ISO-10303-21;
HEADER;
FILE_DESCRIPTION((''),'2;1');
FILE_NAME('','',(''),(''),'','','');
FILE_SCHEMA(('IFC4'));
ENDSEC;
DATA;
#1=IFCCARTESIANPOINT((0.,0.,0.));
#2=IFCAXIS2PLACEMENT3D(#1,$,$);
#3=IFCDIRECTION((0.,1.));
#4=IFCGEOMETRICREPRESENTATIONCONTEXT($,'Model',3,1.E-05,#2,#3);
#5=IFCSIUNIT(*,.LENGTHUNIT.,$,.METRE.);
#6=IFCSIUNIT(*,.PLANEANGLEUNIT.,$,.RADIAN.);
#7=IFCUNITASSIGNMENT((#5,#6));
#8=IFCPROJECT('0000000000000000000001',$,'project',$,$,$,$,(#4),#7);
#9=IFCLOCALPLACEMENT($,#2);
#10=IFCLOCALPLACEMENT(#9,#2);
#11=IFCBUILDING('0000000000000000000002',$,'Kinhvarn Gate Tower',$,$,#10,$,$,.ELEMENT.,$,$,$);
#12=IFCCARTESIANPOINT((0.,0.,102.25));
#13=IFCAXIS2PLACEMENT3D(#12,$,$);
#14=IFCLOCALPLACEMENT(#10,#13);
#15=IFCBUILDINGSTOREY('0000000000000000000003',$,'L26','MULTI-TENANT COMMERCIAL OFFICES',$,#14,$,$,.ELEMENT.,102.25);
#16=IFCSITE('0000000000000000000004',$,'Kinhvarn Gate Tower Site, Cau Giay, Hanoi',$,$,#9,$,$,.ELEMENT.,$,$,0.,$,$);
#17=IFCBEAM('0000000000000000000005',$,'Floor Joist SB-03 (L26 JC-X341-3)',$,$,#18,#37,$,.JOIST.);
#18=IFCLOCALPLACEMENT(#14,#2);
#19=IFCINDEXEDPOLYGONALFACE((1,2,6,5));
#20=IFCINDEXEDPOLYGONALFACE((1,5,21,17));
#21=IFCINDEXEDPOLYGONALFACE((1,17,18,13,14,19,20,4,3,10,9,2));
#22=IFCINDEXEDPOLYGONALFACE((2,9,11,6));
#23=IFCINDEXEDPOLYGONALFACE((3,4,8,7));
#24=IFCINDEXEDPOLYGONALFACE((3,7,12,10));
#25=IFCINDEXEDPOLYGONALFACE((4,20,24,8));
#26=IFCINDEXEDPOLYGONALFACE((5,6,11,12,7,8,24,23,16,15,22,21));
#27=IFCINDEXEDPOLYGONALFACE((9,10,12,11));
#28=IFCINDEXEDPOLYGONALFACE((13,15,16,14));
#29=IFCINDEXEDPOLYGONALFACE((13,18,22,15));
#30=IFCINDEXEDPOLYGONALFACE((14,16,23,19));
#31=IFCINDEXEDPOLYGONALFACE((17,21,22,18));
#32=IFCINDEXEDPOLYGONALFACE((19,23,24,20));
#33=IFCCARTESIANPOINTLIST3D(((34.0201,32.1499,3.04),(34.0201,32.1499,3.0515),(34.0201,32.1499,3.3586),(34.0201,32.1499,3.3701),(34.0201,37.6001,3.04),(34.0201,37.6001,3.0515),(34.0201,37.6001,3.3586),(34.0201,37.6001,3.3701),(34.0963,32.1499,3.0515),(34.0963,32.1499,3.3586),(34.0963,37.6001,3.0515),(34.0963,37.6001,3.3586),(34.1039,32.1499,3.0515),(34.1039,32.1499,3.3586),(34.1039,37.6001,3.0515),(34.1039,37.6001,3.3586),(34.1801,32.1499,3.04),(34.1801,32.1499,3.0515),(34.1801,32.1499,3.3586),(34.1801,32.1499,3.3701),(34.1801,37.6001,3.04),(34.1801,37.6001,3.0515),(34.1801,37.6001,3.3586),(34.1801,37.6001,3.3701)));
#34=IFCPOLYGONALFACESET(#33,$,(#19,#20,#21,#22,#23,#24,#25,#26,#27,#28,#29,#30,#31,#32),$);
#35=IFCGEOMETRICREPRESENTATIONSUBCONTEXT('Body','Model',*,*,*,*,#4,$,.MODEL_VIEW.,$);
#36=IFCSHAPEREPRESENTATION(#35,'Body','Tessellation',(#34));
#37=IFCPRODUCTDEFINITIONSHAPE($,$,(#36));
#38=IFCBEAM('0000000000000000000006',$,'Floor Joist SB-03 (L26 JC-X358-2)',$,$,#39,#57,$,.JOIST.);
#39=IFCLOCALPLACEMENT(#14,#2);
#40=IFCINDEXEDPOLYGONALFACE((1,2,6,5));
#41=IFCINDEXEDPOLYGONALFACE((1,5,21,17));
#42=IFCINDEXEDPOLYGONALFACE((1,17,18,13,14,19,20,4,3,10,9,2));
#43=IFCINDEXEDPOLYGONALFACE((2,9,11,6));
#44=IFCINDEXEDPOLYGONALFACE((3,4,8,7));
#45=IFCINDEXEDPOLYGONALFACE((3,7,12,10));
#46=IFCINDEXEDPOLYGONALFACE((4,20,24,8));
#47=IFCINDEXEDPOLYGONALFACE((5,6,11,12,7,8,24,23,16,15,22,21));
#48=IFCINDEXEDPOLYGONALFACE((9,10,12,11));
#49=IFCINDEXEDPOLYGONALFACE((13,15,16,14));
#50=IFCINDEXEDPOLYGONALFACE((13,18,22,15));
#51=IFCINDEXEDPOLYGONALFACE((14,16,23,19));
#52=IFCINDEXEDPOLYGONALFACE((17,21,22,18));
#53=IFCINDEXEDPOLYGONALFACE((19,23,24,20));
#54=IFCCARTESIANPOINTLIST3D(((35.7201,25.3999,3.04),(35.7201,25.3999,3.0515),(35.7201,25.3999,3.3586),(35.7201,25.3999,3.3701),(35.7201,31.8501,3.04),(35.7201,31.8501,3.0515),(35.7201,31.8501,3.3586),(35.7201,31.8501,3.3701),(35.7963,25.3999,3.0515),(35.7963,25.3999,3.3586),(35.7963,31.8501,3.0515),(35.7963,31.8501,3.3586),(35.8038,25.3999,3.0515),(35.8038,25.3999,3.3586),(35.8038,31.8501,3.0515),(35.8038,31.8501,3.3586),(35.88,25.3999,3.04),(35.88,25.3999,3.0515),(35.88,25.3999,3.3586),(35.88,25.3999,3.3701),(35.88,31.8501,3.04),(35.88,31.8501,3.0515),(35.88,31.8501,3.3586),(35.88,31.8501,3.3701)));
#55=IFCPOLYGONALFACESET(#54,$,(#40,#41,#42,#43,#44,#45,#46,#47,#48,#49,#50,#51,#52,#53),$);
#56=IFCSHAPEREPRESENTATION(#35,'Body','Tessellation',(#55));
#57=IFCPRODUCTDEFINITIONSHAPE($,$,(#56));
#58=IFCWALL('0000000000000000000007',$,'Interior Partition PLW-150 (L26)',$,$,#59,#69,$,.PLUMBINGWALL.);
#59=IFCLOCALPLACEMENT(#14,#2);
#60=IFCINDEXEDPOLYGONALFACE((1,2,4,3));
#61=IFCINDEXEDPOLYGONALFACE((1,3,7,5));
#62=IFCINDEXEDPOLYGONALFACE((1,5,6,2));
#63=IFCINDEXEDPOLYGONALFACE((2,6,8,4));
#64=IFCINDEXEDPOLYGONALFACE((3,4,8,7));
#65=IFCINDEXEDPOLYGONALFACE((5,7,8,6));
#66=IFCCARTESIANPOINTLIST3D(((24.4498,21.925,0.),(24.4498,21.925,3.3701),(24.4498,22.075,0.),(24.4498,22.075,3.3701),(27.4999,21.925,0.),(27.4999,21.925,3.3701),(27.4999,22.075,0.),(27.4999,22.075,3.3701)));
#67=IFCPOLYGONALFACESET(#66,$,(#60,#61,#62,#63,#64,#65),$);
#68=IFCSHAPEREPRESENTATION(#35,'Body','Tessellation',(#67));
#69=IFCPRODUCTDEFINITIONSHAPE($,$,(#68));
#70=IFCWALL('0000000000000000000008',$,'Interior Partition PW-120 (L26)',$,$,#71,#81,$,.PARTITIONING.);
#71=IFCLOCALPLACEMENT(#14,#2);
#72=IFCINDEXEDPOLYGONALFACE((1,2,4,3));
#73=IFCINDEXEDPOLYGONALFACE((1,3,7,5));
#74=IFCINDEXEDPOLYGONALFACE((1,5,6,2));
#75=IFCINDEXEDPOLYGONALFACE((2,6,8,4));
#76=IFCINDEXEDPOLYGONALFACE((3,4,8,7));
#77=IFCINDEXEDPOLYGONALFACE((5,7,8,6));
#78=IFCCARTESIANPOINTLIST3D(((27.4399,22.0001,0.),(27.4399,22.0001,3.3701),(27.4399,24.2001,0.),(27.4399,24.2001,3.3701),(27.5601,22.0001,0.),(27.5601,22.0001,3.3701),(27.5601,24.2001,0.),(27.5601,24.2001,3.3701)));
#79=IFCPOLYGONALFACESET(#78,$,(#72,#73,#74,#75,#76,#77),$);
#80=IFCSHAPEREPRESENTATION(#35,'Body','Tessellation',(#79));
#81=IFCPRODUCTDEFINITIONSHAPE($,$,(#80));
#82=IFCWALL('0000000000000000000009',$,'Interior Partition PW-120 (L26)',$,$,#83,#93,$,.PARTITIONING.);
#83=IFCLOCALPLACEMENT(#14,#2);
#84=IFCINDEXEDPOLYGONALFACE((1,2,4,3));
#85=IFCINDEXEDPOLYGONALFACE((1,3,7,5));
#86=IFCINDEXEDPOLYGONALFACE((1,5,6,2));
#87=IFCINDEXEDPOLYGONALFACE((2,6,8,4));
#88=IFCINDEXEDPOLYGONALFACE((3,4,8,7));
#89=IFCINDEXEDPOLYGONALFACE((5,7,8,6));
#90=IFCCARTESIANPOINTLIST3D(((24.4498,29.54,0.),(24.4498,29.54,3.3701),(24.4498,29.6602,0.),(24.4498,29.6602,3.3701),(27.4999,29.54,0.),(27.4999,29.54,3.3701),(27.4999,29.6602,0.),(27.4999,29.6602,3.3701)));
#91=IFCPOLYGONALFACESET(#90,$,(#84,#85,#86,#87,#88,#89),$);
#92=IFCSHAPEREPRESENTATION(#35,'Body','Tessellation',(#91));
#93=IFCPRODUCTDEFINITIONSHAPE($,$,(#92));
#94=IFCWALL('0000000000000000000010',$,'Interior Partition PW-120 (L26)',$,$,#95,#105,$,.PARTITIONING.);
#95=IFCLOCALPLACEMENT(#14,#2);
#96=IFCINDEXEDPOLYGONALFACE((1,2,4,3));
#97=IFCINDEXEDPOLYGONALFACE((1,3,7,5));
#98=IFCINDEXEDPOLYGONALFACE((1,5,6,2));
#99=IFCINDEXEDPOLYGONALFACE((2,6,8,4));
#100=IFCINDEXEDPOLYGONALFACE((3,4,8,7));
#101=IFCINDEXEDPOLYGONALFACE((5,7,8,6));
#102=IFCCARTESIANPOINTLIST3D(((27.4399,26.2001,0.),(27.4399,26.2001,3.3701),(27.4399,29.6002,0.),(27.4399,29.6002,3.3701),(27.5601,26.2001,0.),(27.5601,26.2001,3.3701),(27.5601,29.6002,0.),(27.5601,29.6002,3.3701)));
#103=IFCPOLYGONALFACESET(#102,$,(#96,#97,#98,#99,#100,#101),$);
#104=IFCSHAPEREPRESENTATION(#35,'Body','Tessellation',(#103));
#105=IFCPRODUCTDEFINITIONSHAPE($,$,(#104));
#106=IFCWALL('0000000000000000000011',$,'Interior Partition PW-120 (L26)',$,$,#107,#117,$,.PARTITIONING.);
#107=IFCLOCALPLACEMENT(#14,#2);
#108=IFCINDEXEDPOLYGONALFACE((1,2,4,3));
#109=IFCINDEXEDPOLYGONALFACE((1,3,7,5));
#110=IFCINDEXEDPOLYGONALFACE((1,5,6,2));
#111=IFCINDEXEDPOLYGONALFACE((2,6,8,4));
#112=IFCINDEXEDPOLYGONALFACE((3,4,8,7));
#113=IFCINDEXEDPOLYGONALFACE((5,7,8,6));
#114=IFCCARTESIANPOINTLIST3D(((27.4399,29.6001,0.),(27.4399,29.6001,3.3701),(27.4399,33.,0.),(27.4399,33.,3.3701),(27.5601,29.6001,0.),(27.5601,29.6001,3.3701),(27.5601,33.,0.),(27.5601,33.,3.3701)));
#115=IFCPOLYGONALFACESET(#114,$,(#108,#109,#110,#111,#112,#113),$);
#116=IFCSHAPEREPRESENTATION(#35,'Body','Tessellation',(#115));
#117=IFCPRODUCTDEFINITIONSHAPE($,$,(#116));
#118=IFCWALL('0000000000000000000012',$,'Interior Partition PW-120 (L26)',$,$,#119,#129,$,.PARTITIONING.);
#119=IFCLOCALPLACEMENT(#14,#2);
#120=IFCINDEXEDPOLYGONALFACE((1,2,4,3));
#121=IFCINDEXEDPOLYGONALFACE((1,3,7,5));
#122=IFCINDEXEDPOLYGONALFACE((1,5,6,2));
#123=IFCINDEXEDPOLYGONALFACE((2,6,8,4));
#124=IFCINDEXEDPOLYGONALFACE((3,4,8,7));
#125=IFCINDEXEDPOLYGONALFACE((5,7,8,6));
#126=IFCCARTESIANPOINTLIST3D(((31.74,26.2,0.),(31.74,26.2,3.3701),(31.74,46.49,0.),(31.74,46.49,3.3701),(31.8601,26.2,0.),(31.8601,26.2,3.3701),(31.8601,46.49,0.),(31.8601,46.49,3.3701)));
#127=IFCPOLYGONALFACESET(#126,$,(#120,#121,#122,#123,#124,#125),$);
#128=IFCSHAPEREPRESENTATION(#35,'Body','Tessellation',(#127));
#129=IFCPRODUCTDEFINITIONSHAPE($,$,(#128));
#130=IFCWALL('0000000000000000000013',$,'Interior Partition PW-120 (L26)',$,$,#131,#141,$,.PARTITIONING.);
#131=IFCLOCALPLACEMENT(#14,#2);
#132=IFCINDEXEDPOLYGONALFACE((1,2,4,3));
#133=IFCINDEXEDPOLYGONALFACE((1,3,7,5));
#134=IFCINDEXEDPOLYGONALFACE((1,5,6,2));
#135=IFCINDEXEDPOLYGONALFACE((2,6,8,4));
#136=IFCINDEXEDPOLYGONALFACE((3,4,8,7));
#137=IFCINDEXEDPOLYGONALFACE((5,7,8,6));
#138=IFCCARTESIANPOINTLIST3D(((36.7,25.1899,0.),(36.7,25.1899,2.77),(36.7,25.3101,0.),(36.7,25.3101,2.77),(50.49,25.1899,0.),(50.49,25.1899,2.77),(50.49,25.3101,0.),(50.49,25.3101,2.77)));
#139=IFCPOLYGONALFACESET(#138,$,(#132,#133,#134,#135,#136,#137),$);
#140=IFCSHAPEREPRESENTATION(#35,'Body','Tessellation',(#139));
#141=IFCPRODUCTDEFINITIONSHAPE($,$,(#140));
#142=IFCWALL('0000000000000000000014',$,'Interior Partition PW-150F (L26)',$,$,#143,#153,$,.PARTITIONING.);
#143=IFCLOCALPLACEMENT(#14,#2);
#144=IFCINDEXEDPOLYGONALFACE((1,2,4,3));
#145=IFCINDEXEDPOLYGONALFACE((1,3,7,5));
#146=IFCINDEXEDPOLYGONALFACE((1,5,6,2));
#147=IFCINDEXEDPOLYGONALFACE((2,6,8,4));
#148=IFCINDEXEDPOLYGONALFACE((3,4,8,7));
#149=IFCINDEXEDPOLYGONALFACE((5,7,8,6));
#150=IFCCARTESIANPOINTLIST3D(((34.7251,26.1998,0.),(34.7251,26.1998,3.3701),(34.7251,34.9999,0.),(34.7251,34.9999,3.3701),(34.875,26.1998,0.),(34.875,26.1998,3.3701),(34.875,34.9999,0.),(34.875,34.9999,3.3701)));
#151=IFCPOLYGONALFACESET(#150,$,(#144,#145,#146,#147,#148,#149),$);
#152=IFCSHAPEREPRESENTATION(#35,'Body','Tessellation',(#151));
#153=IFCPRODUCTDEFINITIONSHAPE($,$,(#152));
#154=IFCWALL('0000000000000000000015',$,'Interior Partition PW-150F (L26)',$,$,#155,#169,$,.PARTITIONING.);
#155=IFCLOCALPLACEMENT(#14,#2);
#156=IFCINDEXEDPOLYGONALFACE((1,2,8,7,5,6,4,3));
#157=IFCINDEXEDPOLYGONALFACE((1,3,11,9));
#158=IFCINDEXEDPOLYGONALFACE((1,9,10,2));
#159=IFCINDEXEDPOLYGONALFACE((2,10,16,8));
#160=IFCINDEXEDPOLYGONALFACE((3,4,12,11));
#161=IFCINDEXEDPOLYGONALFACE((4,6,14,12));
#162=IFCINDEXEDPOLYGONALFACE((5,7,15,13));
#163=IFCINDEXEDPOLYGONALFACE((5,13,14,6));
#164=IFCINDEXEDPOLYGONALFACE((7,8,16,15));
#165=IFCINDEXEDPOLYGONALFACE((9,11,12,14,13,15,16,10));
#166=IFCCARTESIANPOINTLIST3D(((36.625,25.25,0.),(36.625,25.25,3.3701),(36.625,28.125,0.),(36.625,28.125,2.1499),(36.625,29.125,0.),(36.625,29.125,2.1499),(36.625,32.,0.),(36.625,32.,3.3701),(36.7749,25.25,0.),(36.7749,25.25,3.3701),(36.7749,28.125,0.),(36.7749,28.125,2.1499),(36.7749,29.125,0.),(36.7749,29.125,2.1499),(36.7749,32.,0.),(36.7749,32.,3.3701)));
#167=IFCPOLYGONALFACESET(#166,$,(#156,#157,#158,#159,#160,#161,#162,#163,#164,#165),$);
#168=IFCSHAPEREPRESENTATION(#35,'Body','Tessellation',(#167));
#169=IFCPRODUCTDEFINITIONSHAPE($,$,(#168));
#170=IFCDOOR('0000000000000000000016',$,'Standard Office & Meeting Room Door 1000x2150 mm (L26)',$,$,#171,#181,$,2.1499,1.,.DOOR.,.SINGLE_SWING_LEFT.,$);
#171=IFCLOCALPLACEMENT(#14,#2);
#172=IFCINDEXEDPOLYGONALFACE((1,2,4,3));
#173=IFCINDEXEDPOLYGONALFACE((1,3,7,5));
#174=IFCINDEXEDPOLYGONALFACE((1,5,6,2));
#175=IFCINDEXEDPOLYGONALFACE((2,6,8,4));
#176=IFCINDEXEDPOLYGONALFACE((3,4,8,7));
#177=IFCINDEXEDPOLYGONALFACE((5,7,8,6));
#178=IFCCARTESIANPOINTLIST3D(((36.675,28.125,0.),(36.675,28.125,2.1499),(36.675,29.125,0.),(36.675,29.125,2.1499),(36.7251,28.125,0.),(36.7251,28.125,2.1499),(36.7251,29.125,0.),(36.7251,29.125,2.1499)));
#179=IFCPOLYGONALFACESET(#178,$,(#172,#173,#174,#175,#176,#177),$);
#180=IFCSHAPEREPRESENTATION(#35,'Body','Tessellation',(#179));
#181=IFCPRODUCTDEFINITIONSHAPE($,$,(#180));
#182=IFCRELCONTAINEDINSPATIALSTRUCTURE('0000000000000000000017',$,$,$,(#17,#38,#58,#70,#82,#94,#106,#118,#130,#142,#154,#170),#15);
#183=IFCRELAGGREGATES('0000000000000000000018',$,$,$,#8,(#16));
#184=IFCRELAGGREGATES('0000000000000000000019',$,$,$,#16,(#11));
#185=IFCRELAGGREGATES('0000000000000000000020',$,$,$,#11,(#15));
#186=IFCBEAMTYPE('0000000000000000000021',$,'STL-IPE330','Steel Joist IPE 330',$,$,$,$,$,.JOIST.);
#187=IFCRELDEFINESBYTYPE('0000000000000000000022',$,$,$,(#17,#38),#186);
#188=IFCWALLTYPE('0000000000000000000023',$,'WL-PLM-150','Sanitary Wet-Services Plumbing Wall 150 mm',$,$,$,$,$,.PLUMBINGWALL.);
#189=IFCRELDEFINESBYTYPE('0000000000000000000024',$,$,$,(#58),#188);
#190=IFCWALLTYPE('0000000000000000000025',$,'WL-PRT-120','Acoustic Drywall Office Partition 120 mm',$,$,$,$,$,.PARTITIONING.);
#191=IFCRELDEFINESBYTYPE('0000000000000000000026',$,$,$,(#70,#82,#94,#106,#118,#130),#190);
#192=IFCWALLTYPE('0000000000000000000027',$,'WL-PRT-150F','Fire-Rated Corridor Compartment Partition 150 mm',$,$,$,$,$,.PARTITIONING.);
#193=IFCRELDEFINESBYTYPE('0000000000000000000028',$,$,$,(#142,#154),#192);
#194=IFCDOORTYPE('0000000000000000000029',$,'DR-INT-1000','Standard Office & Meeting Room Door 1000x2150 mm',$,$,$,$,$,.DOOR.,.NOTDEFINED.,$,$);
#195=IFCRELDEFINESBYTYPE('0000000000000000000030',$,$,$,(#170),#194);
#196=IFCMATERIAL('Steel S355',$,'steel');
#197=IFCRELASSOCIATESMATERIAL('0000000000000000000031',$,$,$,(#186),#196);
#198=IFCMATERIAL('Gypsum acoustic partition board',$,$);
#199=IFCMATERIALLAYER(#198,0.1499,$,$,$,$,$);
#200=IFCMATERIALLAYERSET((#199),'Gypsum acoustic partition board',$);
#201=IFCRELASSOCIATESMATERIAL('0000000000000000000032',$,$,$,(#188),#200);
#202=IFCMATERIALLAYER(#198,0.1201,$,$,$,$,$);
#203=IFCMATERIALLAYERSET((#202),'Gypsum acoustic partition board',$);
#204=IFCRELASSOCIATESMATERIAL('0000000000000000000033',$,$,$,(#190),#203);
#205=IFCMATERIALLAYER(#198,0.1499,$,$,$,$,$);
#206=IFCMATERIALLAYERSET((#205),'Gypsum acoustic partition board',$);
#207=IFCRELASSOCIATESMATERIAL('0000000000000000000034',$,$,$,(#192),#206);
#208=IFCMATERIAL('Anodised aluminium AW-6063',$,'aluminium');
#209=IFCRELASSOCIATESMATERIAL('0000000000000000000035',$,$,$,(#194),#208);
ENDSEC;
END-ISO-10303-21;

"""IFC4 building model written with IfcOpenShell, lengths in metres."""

from ifc_helpers import new_model, si_unit, direction, frame, frame_2d, origin, origin_2d, place, context, subcontext, project, spatial, rectangle, i_section, extrude, material, layer, layer_set, material_profile, profile_set, type_object, element, fill, save


model = new_model("IFC4")

# Units and contexts
model_context = context("Model", 3, precision=1e-05, world=origin(), true_north=direction((0.0, 1.0)))
body_context = subcontext(model_context, "Body", "Model", "MODEL_VIEW")
ifc_project = project(units=[si_unit("LENGTHUNIT", "METRE"), si_unit("PLANEANGLEUNIT", "RADIAN")], contexts=[model_context])

# Site, building, storey
site_placement = place(None, origin())
site = spatial("IfcSite", under=ifc_project, at=site_placement, Name="Kinhvarn Gate Tower Site, Cau Giay, Hanoi", CompositionType="ELEMENT", RefElevation=0.0)
building_placement = place(site_placement, origin())
building = spatial("IfcBuilding", under=site, at=building_placement, Name="Kinhvarn Gate Tower", CompositionType="ELEMENT")
storey_placement = place(building_placement, frame((0.0, 0.0, 102.25)))
storey = spatial("IfcBuildingStorey", under=building, at=storey_placement, Name="L26", Description="MULTI-TENANT COMMERCIAL OFFICES", CompositionType="ELEMENT", Elevation=102.25)

# Beams
ifc_material_1 = material(Name="Steel S355", Category="steel")
ifc_material_profile = material_profile(ifc_material_1, i_section(OverallWidth=0.1599, OverallDepth=0.3301, WebThickness=0.0076, FlangeThickness=0.0115, at=origin_2d()), Name="IPE 330")
ifc_profile_set = profile_set([ifc_material_profile], Name="Steel S355")
beam_type = type_object("IfcBeamType", Name="STL-IPE330", Description="Steel Joist IPE 330", PredefinedType="JOIST", material=ifc_profile_set)
beam_1_placement = place(storey_placement, frame((34.1001, 32.1499, 3.2051), z_axis=(0.0, 1.0, 0.0), x_axis=(-1.0, 0.0, 0.0)))
element("IfcBeam", 1, at=beam_1_placement, inside=storey, type_object=beam_type, Name="Floor Joist SB-03 (L26 JC-X341-3)", PredefinedType="JOIST", context=body_context, shape_type="SweptSolid", body=[
    extrude(i_section(OverallWidth=0.1599, OverallDepth=0.3301, WebThickness=0.0076, FlangeThickness=0.0115, at=origin_2d()), origin(), (0.0, 0.0, 1.0), 5.4502),
])
beam_2_placement = place(storey_placement, frame((35.8, 25.3999, 3.2051), z_axis=(0.0, 1.0, 0.0), x_axis=(-1.0, 0.0, 0.0)))
element("IfcBeam", 2, at=beam_2_placement, inside=storey, type_object=beam_type, Name="Floor Joist SB-03 (L26 JC-X358-2)", PredefinedType="JOIST", context=body_context, shape_type="SweptSolid", body=[
    extrude(i_section(OverallWidth=0.1599, OverallDepth=0.3301, WebThickness=0.0076, FlangeThickness=0.0115, at=origin_2d()), origin(), (0.0, 0.0, 1.0), 6.4502),
])

# Walls
ifc_material_2 = material(Name="Gypsum acoustic partition board")
ifc_layer_1 = layer(ifc_material_2, 0.1499)
ifc_layer_set_1 = layer_set([ifc_layer_1], Name="Gypsum acoustic partition board")
wall_type_1 = type_object("IfcWallType", Name="WL-PLM-150", Description="Sanitary Wet-Services Plumbing Wall 150 mm", PredefinedType="PLUMBINGWALL", material=ifc_layer_set_1)
wall_1_placement = place(storey_placement, frame((24.45, 22.0, 0.0), z_axis=(0.0, 0.0, 1.0), x_axis=(1.0, 0.0, 0.0)))
element("IfcWall", 3, at=wall_1_placement, inside=storey, type_object=wall_type_1, Name="Interior Partition PLW-150 (L26)", PredefinedType="PLUMBINGWALL", context=body_context, shape_type="SweptSolid", body=[
    extrude(rectangle(XDim=3.05, YDim=0.1499, at=frame_2d((1.5249, 0.0))), origin(), (0.0, 0.0, 1.0), 3.3701),
])
ifc_layer_2 = layer(ifc_material_2, 0.1201)
ifc_layer_set_2 = layer_set([ifc_layer_2], Name="Gypsum acoustic partition board")
wall_type_2 = type_object("IfcWallType", Name="WL-PRT-120", Description="Acoustic Drywall Office Partition 120 mm", PredefinedType="PARTITIONING", material=ifc_layer_set_2)
wall_2_placement = place(storey_placement, frame((27.5, 22.0, 0.0), z_axis=(0.0, 0.0, 1.0), x_axis=(0.0, 1.0, 0.0)))
element("IfcWall", 4, at=wall_2_placement, inside=storey, type_object=wall_type_2, Name="Interior Partition PW-120 (L26)", PredefinedType="PARTITIONING", context=body_context, shape_type="SweptSolid", body=[
    extrude(rectangle(XDim=2.2, YDim=0.1201, at=frame_2d((1.1001, 0.0))), origin(), (0.0, 0.0, 1.0), 3.3701),
])
wall_3_placement = place(storey_placement, frame((24.45, 29.6001, 0.0), z_axis=(0.0, 0.0, 1.0), x_axis=(1.0, 0.0, 0.0)))
element("IfcWall", 5, at=wall_3_placement, inside=storey, type_object=wall_type_2, Name="Interior Partition PW-120 (L26)", PredefinedType="PARTITIONING", context=body_context, shape_type="SweptSolid", body=[
    extrude(rectangle(XDim=3.05, YDim=0.1201, at=frame_2d((1.5249, 0.0))), origin(), (0.0, 0.0, 1.0), 3.3701),
])
wall_4_placement = place(storey_placement, frame((27.5, 26.2, 0.0), z_axis=(0.0, 0.0, 1.0), x_axis=(0.0, 1.0, 0.0)))
element("IfcWall", 6, at=wall_4_placement, inside=storey, type_object=wall_type_2, Name="Interior Partition PW-120 (L26)", PredefinedType="PARTITIONING", context=body_context, shape_type="SweptSolid", body=[
    extrude(rectangle(XDim=3.4001, YDim=0.1201, at=frame_2d((1.7002, 0.0))), origin(), (0.0, 0.0, 1.0), 3.3701),
])
wall_5_placement = place(storey_placement, frame((27.5, 29.6001, 0.0), z_axis=(0.0, 0.0, 1.0), x_axis=(0.0, 1.0, 0.0)))
element("IfcWall", 7, at=wall_5_placement, inside=storey, type_object=wall_type_2, Name="Interior Partition PW-120 (L26)", PredefinedType="PARTITIONING", context=body_context, shape_type="SweptSolid", body=[
    extrude(rectangle(XDim=3.3999, YDim=0.1201, at=frame_2d((1.7, 0.0))), origin(), (0.0, 0.0, 1.0), 3.3701),
])
wall_6_placement = place(storey_placement, frame((31.8, 26.2, 0.0), z_axis=(0.0, 0.0, 1.0), x_axis=(0.0, 1.0, 0.0)))
element("IfcWall", 8, at=wall_6_placement, inside=storey, type_object=wall_type_2, Name="Interior Partition PW-120 (L26)", PredefinedType="PARTITIONING", context=body_context, shape_type="SweptSolid", body=[
    extrude(rectangle(XDim=20.29, YDim=0.1201, at=frame_2d((10.145, 0.0))), origin(), (0.0, 0.0, 1.0), 3.3701),
])
wall_7_placement = place(storey_placement, frame((36.7, 25.25, 0.0), z_axis=(0.0, 0.0, 1.0), x_axis=(1.0, 0.0, 0.0)))
element("IfcWall", 9, at=wall_7_placement, inside=storey, type_object=wall_type_2, Name="Interior Partition PW-120 (L26)", PredefinedType="PARTITIONING", context=body_context, shape_type="SweptSolid", body=[
    extrude(rectangle(XDim=13.79, YDim=0.1201, at=frame_2d((6.895, 0.0))), origin(), (0.0, 0.0, 1.0), 2.77),
])

# Shared definitions
ifc_layer_3 = layer(ifc_material_2, 0.1499)
ifc_layer_set_3 = layer_set([ifc_layer_3], Name="Gypsum acoustic partition board")
wall_type_3 = type_object("IfcWallType", Name="WL-PRT-150F", Description="Fire-Rated Corridor Compartment Partition 150 mm", PredefinedType="PARTITIONING", material=ifc_layer_set_3)
ifc_material_3 = material(Name="Anodised aluminium AW-6063", Category="aluminium")
door_type = type_object("IfcDoorType", Name="DR-INT-1000", Description="Standard Office & Meeting Room Door 1000x2150 mm", OperationType="NOTDEFINED", PredefinedType="DOOR", material=ifc_material_3)

# Wall
wall_8_placement = place(storey_placement, frame((34.8, 26.2, 0.0), z_axis=(0.0, 0.0, 1.0), x_axis=(0.0, 1.0, 0.0)))
element("IfcWall", 10, at=wall_8_placement, inside=storey, type_object=wall_type_3, Name="Interior Partition PW-150F (L26)", PredefinedType="PARTITIONING", context=body_context, shape_type="SweptSolid", body=[
    extrude(rectangle(XDim=8.8, YDim=0.1499, at=frame_2d((4.3999, 0.0))), origin(), (0.0, 0.0, 1.0), 3.3701),
])

# Wall, opening, door
wall_9_placement = place(storey_placement, frame((36.7, 25.25, 0.0), z_axis=(0.0, 0.0, 1.0), x_axis=(0.0, 1.0, 0.0)))
wall_9 = element("IfcWall", 11, at=wall_9_placement, inside=storey, type_object=wall_type_3, Name="Interior Partition PW-150F (L26)", PredefinedType="PARTITIONING", context=body_context, shape_type="SweptSolid", body=[
    extrude(rectangle(XDim=6.75, YDim=0.1499, at=frame_2d((3.375, 0.0))), origin(), (0.0, 0.0, 1.0), 3.3701),
])
opening_1_placement = place(wall_9_placement, frame((2.875, 0.0, 0.0)))
opening_1 = element("IfcOpeningElement", 12, at=opening_1_placement, cuts=wall_9, PredefinedType="OPENING", context=body_context, shape_type="SweptSolid", body=[
    extrude(rectangle(XDim=1.0, YDim=2.1499, at=frame_2d((0.5, 1.075))), frame((0.0, 0.085, 0.0), z_axis=(0.0, -1.0, 0.0), x_axis=(1.0, 0.0, 0.0)), (0.0, 0.0, 1.0), 0.1699),
])
door_1_placement = place(opening_1_placement, origin())
door_1 = element("IfcDoor", 13, at=door_1_placement, inside=storey, type_object=door_type, Name="Standard Office & Meeting Room Door 1000x2150 mm (L26)", OperationType="SINGLE_SWING_LEFT", OverallHeight=2.1499, OverallWidth=1.0, PredefinedType="DOOR", context=body_context, shape_type="SweptSolid", body=[
    extrude(rectangle(XDim=1.0, YDim=2.1499, at=frame_2d((0.5, 1.075))), frame((0.0, 0.0249, 0.0), z_axis=(0.0, -1.0, 0.0), x_axis=(1.0, 0.0, 0.0)), (0.0, 0.0, 1.0), 0.05),
])
fill(opening_1, door_1)

save(model, "model.ifc")
